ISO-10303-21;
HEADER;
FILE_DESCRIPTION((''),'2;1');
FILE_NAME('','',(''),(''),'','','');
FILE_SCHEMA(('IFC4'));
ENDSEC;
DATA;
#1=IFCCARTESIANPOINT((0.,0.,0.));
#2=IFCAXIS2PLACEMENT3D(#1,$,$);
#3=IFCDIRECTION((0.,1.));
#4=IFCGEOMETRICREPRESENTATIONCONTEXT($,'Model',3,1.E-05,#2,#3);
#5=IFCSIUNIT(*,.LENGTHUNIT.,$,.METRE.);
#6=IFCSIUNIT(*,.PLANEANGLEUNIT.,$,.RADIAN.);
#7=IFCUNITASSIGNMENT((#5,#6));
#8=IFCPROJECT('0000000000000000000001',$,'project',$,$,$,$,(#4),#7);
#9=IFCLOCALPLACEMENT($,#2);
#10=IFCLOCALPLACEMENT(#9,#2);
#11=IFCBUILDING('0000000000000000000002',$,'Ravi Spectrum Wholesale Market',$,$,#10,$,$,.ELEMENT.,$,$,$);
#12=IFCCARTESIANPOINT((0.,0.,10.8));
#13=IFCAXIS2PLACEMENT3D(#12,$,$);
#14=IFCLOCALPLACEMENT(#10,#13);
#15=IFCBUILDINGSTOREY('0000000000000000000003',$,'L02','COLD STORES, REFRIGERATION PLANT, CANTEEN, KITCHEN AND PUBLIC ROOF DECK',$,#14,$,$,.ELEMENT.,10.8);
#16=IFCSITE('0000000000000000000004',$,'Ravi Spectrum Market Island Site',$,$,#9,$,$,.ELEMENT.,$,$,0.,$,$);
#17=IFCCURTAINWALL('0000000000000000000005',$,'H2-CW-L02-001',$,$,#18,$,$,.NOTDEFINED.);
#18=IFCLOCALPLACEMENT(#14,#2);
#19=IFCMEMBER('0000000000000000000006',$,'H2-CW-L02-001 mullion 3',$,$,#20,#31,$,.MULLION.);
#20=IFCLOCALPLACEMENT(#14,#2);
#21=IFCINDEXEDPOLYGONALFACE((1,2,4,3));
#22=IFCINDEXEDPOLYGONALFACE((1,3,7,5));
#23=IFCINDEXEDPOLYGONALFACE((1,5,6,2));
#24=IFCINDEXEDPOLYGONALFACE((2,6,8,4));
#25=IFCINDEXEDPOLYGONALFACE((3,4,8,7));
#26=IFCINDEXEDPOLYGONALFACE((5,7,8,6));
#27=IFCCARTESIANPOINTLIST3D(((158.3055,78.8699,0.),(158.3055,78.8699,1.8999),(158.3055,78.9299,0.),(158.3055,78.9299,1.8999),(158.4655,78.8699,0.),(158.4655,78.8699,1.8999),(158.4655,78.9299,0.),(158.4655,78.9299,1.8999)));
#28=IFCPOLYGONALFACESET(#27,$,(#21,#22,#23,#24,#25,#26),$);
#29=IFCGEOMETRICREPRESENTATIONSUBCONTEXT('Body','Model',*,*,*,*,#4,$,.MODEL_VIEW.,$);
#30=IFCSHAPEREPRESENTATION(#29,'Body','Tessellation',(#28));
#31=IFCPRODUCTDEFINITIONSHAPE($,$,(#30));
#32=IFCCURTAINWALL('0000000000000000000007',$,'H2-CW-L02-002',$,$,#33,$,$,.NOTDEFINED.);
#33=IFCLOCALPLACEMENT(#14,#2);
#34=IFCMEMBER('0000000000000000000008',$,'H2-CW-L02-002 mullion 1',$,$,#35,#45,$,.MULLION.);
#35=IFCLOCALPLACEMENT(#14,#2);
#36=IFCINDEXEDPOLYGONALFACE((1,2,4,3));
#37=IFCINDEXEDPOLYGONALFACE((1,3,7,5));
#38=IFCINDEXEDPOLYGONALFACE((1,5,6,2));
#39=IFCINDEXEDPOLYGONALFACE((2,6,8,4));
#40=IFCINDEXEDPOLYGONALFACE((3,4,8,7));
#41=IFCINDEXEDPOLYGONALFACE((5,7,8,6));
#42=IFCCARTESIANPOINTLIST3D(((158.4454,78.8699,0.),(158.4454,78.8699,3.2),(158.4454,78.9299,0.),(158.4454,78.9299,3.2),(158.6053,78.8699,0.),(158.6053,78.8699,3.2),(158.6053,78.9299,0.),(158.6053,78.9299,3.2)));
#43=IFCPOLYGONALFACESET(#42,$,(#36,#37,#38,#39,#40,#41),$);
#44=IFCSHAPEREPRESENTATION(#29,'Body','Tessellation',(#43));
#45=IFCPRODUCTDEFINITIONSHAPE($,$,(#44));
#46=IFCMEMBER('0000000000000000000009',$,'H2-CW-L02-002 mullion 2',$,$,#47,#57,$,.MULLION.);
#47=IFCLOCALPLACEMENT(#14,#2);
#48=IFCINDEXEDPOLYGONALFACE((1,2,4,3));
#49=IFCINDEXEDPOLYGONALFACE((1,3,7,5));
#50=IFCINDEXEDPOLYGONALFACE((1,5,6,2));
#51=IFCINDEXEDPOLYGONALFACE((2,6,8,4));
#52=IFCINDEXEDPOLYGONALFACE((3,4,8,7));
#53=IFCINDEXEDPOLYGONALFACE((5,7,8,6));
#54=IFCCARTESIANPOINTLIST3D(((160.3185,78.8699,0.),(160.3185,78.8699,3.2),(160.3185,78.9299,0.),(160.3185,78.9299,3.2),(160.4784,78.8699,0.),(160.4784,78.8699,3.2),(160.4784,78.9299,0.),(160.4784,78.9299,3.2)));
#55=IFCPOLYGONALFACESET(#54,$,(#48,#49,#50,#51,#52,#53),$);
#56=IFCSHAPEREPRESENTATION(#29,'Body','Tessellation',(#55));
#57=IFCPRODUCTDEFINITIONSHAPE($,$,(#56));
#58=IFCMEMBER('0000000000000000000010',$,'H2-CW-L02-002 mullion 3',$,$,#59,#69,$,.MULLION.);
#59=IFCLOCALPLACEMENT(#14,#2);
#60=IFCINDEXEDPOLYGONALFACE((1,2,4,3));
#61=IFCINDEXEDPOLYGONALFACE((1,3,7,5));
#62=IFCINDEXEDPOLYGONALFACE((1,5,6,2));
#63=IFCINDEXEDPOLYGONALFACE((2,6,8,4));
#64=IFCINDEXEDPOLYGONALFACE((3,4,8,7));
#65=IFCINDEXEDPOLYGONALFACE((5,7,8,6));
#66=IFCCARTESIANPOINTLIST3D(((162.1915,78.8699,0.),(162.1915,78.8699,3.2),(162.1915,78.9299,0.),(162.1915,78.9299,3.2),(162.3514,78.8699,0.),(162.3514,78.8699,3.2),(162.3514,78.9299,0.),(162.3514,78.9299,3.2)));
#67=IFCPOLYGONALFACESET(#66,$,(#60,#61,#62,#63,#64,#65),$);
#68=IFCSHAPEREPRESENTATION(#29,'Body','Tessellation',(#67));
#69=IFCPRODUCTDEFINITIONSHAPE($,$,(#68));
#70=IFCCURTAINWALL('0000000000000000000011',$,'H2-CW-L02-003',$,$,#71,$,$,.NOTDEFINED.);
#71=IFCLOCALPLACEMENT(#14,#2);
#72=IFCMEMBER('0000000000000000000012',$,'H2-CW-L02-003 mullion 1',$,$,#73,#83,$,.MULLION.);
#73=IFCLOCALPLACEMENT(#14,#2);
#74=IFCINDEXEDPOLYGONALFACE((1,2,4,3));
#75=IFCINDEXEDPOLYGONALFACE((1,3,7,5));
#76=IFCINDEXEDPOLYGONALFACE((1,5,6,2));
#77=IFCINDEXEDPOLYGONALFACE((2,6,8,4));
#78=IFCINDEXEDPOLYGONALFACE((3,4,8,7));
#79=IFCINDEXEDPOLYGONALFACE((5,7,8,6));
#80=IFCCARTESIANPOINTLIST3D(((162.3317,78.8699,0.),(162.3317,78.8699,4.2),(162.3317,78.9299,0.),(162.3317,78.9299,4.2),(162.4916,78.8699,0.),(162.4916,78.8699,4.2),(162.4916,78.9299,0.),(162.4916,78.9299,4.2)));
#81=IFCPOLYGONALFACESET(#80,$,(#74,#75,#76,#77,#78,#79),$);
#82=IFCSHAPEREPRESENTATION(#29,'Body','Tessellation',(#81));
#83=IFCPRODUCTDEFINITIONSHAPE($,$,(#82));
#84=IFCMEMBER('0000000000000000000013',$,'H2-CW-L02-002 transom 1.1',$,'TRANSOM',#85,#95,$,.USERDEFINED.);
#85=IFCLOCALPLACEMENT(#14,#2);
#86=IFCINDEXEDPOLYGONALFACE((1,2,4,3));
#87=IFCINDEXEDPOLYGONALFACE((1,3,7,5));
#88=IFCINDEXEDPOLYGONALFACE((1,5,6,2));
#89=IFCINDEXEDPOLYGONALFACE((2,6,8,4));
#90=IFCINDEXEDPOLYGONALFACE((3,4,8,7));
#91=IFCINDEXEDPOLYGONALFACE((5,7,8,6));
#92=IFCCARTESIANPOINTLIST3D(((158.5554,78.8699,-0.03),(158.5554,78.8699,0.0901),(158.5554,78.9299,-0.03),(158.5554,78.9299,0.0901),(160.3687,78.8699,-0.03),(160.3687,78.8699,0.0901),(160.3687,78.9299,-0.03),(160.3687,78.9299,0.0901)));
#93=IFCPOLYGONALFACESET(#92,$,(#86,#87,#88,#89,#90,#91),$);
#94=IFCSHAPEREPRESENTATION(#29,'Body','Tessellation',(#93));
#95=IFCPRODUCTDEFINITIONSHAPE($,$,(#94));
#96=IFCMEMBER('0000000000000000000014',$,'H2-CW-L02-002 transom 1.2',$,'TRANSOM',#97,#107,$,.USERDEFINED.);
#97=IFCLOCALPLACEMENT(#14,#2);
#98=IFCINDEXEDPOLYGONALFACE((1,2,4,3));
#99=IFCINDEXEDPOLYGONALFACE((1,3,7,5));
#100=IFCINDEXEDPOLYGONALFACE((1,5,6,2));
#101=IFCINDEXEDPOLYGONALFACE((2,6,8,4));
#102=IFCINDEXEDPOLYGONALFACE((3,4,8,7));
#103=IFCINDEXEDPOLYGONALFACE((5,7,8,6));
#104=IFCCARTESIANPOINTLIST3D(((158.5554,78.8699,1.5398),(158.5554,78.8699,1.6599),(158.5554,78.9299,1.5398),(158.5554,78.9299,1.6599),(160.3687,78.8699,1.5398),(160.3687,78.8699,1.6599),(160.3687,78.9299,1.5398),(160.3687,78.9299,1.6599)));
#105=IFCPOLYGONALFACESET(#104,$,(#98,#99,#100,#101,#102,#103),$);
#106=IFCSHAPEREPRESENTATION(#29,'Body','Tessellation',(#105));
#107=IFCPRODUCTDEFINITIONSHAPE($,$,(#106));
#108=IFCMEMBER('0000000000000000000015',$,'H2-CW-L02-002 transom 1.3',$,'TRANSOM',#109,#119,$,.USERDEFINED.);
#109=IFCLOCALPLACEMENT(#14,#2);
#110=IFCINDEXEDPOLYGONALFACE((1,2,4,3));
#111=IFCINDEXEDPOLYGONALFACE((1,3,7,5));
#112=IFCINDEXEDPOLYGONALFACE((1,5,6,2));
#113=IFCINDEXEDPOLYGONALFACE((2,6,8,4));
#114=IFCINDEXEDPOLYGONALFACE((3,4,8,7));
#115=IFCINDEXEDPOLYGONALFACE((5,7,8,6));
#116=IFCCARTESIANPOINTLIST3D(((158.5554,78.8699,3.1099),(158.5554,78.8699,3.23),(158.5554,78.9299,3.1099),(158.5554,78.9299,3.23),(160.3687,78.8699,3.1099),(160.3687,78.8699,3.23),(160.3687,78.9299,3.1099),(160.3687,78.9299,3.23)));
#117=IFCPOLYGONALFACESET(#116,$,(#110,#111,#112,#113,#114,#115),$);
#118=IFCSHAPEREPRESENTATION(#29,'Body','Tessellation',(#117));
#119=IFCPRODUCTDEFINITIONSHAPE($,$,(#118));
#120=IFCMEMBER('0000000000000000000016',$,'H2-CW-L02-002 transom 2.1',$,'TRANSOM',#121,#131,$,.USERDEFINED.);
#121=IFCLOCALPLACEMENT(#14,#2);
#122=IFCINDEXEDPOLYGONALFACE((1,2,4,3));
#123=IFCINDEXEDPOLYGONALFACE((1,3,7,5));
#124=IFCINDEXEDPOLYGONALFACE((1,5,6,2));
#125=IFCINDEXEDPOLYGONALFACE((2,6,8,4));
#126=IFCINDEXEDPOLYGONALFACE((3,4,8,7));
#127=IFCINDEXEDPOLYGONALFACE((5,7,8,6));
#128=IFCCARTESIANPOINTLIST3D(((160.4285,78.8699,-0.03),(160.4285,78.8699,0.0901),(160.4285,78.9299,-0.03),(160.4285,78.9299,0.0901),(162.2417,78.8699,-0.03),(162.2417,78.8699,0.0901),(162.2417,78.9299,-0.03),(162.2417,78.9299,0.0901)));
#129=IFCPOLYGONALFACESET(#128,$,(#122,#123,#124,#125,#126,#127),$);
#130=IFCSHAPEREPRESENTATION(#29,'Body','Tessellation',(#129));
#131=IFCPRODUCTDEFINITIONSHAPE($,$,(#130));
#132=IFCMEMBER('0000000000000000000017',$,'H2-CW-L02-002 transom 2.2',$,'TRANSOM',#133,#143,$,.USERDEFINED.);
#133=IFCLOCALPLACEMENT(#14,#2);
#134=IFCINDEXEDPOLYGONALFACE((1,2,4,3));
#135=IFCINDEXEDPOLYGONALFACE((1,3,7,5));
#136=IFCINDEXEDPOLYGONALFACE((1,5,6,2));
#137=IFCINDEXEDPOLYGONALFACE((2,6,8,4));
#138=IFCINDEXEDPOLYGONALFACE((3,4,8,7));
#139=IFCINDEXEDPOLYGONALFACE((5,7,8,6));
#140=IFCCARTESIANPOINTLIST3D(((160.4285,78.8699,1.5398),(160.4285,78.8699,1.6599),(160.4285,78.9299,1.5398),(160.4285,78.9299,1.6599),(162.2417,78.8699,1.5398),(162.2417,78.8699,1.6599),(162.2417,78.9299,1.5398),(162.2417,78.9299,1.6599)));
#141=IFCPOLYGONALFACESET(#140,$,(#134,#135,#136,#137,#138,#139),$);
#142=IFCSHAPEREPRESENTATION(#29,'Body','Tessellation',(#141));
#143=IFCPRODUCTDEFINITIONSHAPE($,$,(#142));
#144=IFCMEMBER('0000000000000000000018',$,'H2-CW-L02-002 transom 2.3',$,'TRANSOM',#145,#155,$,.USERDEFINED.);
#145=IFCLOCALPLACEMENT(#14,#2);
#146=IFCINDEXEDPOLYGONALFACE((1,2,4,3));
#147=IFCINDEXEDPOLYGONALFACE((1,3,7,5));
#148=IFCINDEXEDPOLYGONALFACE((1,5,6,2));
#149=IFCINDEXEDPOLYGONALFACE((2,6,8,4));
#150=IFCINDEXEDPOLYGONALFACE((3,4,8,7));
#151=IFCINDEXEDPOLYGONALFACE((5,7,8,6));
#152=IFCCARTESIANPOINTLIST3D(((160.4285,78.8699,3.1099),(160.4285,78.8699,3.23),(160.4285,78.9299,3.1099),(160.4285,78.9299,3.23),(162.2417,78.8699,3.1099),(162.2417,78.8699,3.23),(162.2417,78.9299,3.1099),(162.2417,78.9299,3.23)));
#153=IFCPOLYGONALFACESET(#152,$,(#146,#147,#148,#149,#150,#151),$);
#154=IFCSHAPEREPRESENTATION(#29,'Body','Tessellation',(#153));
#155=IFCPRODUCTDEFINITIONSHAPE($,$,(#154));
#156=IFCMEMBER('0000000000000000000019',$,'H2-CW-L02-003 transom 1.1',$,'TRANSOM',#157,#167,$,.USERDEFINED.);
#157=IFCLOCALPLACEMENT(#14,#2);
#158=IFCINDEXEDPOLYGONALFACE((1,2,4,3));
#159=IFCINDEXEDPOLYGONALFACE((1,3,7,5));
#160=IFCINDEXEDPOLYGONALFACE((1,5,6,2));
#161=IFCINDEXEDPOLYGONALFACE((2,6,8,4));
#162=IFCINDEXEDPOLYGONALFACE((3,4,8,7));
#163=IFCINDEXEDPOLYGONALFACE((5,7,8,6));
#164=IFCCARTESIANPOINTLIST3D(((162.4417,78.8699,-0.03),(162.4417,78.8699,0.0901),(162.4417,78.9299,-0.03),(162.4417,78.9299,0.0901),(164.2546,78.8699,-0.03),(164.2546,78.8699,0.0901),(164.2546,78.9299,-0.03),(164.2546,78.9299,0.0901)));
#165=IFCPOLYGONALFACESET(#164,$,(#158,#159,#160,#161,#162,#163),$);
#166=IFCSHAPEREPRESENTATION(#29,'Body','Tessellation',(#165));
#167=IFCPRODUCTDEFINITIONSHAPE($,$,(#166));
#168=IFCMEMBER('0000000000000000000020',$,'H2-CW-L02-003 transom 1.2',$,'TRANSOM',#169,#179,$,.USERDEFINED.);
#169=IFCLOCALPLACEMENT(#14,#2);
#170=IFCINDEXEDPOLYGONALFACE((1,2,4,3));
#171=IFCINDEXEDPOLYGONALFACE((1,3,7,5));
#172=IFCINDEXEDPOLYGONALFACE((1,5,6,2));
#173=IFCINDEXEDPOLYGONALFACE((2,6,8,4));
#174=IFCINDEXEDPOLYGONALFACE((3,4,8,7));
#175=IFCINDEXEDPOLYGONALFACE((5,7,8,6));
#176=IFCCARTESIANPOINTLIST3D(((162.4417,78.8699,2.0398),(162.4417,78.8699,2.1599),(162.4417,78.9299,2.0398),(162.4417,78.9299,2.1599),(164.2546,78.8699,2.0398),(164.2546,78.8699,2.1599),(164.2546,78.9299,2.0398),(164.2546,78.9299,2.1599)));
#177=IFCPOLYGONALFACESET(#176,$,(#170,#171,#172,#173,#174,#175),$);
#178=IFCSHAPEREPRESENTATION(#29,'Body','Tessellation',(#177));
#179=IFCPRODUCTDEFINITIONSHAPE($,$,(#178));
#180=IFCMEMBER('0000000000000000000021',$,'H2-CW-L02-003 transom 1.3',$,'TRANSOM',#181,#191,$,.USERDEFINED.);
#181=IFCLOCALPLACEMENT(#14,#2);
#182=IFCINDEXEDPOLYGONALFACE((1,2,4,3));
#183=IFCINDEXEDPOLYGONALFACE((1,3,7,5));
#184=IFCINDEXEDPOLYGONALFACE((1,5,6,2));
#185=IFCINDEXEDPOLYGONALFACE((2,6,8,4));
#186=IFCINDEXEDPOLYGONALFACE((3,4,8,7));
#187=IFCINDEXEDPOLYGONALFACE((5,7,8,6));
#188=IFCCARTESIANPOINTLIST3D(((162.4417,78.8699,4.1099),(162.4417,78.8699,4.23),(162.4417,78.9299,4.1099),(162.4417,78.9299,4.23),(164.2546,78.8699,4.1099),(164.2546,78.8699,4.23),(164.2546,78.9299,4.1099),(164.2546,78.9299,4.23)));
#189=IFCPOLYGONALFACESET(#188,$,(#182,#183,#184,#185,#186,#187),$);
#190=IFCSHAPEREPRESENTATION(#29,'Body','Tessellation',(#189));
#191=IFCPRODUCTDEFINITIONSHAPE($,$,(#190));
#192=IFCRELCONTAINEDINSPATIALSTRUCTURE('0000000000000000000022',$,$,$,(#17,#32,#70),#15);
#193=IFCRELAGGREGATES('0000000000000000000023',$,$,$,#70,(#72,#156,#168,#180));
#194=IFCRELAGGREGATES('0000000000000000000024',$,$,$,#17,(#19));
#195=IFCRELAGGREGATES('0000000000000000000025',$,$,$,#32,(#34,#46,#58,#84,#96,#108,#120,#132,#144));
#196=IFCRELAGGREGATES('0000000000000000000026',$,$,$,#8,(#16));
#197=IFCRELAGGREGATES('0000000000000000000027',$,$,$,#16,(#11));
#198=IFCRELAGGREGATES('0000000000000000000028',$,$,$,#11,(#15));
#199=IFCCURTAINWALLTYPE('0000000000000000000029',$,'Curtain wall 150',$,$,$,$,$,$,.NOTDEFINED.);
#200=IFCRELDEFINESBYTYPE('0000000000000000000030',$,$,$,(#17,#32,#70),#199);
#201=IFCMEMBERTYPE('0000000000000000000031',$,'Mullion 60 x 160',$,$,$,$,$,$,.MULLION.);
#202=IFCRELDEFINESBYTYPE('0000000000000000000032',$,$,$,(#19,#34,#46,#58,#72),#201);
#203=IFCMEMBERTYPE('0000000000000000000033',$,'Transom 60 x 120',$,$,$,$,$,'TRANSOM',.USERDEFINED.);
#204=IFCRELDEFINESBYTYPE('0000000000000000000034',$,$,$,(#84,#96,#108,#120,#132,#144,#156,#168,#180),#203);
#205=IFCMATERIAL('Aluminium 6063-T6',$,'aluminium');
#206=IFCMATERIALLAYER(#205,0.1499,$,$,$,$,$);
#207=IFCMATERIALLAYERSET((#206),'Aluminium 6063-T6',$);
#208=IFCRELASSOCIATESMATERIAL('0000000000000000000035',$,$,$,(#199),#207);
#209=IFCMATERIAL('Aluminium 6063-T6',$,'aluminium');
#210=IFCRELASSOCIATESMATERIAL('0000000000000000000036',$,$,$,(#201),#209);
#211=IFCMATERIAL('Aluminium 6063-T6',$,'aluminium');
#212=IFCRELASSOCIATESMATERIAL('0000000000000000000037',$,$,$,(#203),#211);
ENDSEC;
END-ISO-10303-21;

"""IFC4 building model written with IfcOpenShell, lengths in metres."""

from ifc_helpers import new_model, si_unit, direction, frame, origin, origin_2d, place, context, subcontext, project, spatial, rectangle, extrude, material, layer, layer_set, material_profile, profile_set, type_object, element, aggregate, save


model = new_model("IFC4")

# Units and contexts
model_context = context("Model", 3, precision=1e-05, world=origin(), true_north=direction((0.0, 1.0)))
body_context = subcontext(model_context, "Body", "Model", "MODEL_VIEW")
ifc_project = project(units=[si_unit("LENGTHUNIT", "METRE"), si_unit("PLANEANGLEUNIT", "RADIAN")], contexts=[model_context])

# Site, building, storey
site_placement = place(None, origin())
site = spatial("IfcSite", under=ifc_project, at=site_placement, Name="Ravi Spectrum Market Island Site", CompositionType="ELEMENT", RefElevation=0.0)
building_placement = place(site_placement, origin())
building = spatial("IfcBuilding", under=site, at=building_placement, Name="Ravi Spectrum Wholesale Market", CompositionType="ELEMENT")
storey_placement = place(building_placement, frame((0.0, 0.0, 10.8)))
storey = spatial("IfcBuildingStorey", under=building, at=storey_placement, Name="L02", Description="COLD STORES, REFRIGERATION PLANT, CANTEEN, KITCHEN AND PUBLIC ROOF DECK", CompositionType="ELEMENT", Elevation=10.8)

# Curtain wall, member
ifc_material_1 = material(Name="Aluminium 6063-T6", Category="aluminium")
ifc_layer_1 = layer(ifc_material_1, 0.1499)
ifc_layer_set_1 = layer_set([ifc_layer_1], Name="Aluminium 6063-T6")
curtain_wall_type = type_object("IfcCurtainWallType", Name="Curtain wall 150", PredefinedType="NOTDEFINED", material=ifc_layer_set_1)
curtain_wall_1_placement = place(storey_placement, origin())
curtain_wall_1 = element("IfcCurtainWall", 1, at=curtain_wall_1_placement, inside=storey, type_object=curtain_wall_type, Name="H2-CW-L02-001", PredefinedType="NOTDEFINED")
ifc_material_2 = material(Name="Aluminium 6063-T6", Category="aluminium")
ifc_material_profile_1 = material_profile(ifc_material_2, rectangle(XDim=0.0601, YDim=0.1599, at=origin_2d()))
ifc_profile_set_1 = profile_set([ifc_material_profile_1], Name="Aluminium 6063-T6")
member_type_1 = type_object("IfcMemberType", Name="Mullion 60 x 160", PredefinedType="MULLION", material=ifc_profile_set_1)
member_1_placement = place(storey_placement, frame((158.3855, 78.8999, 0.0), z_axis=(0.0, 0.0, 1.0), x_axis=(0.0, 1.0, 0.0)))
member_1 = element("IfcMember", 2, at=member_1_placement, type_object=member_type_1, Name="H2-CW-L02-001 mullion 3", PredefinedType="MULLION", context=body_context, shape_type="SweptSolid", body=[
    extrude(rectangle(XDim=0.0601, YDim=0.1599, at=origin_2d()), origin(), (0.0, 0.0, 1.0), 1.8999),
])

# Curtain wall, members
curtain_wall_2_placement = place(storey_placement, origin())
curtain_wall_2 = element("IfcCurtainWall", 3, at=curtain_wall_2_placement, inside=storey, type_object=curtain_wall_type, Name="H2-CW-L02-002", PredefinedType="NOTDEFINED")
member_2_placement = place(storey_placement, frame((158.5254, 78.8999, 0.0), z_axis=(0.0, 0.0, 1.0), x_axis=(0.0, 1.0, 0.0)))
member_2 = element("IfcMember", 4, at=member_2_placement, type_object=member_type_1, Name="H2-CW-L02-002 mullion 1", PredefinedType="MULLION", context=body_context, shape_type="SweptSolid", body=[
    extrude(rectangle(XDim=0.0601, YDim=0.1599, at=origin_2d()), origin(), (0.0, 0.0, 1.0), 3.2),
])
member_3_placement = place(storey_placement, frame((160.3984, 78.8999, 0.0), z_axis=(0.0, 0.0, 1.0), x_axis=(0.0, 1.0, 0.0)))
member_3 = element("IfcMember", 5, at=member_3_placement, type_object=member_type_1, Name="H2-CW-L02-002 mullion 2", PredefinedType="MULLION", context=body_context, shape_type="SweptSolid", body=[
    extrude(rectangle(XDim=0.0601, YDim=0.1599, at=origin_2d()), origin(), (0.0, 0.0, 1.0), 3.2),
])
member_4_placement = place(storey_placement, frame((162.2715, 78.8999, 0.0), z_axis=(0.0, 0.0, 1.0), x_axis=(0.0, 1.0, 0.0)))
member_4 = element("IfcMember", 6, at=member_4_placement, type_object=member_type_1, Name="H2-CW-L02-002 mullion 3", PredefinedType="MULLION", context=body_context, shape_type="SweptSolid", body=[
    extrude(rectangle(XDim=0.0601, YDim=0.1599, at=origin_2d()), origin(), (0.0, 0.0, 1.0), 3.2),
])

# Curtain wall, member
curtain_wall_3_placement = place(storey_placement, origin())
curtain_wall_3 = element("IfcCurtainWall", 7, at=curtain_wall_3_placement, inside=storey, type_object=curtain_wall_type, Name="H2-CW-L02-003", PredefinedType="NOTDEFINED")
member_5_placement = place(storey_placement, frame((162.4116, 78.8999, 0.0), z_axis=(0.0, 0.0, 1.0), x_axis=(0.0, 1.0, 0.0)))
member_5 = element("IfcMember", 8, at=member_5_placement, type_object=member_type_1, Name="H2-CW-L02-003 mullion 1", PredefinedType="MULLION", context=body_context, shape_type="SweptSolid", body=[
    extrude(rectangle(XDim=0.0601, YDim=0.1599, at=origin_2d()), origin(), (0.0, 0.0, 1.0), 4.2),
])

# Members
ifc_material_3 = material(Name="Aluminium 6063-T6", Category="aluminium")
ifc_material_profile_2 = material_profile(ifc_material_3, rectangle(XDim=0.0601, YDim=0.1201, at=origin_2d()))
ifc_profile_set_2 = profile_set([ifc_material_profile_2], Name="Aluminium 6063-T6")
member_type_2 = type_object("IfcMemberType", Name="Transom 60 x 120", ElementType="TRANSOM", PredefinedType="USERDEFINED", material=ifc_profile_set_2)
member_6_placement = place(storey_placement, frame((158.5554, 78.8999, 0.03), z_axis=(1.0, 0.0, 0.0), x_axis=(0.0, 1.0, 0.0)))
member_6 = element("IfcMember", 9, at=member_6_placement, type_object=member_type_2, Name="H2-CW-L02-002 transom 1.1", ObjectType="TRANSOM", PredefinedType="USERDEFINED", context=body_context, shape_type="SweptSolid", body=[
    extrude(rectangle(XDim=0.0601, YDim=0.1201, at=origin_2d()), origin(), (0.0, 0.0, 1.0), 1.8132),
])
member_7_placement = place(storey_placement, frame((158.5554, 78.8999, 1.5999), z_axis=(1.0, 0.0, 0.0), x_axis=(0.0, 1.0, 0.0)))
member_7 = element("IfcMember", 10, at=member_7_placement, type_object=member_type_2, Name="H2-CW-L02-002 transom 1.2", ObjectType="TRANSOM", PredefinedType="USERDEFINED", context=body_context, shape_type="SweptSolid", body=[
    extrude(rectangle(XDim=0.0601, YDim=0.1201, at=origin_2d()), origin(), (0.0, 0.0, 1.0), 1.8132),
])
member_8_placement = place(storey_placement, frame((158.5554, 78.8999, 3.1699), z_axis=(1.0, 0.0, 0.0), x_axis=(0.0, 1.0, 0.0)))
member_8 = element("IfcMember", 11, at=member_8_placement, type_object=member_type_2, Name="H2-CW-L02-002 transom 1.3", ObjectType="TRANSOM", PredefinedType="USERDEFINED", context=body_context, shape_type="SweptSolid", body=[
    extrude(rectangle(XDim=0.0601, YDim=0.1201, at=origin_2d()), origin(), (0.0, 0.0, 1.0), 1.8132),
])
member_9_placement = place(storey_placement, frame((160.4285, 78.8999, 0.03), z_axis=(1.0, 0.0, 0.0), x_axis=(0.0, 1.0, 0.0)))
member_9 = element("IfcMember", 12, at=member_9_placement, type_object=member_type_2, Name="H2-CW-L02-002 transom 2.1", ObjectType="TRANSOM", PredefinedType="USERDEFINED", context=body_context, shape_type="SweptSolid", body=[
    extrude(rectangle(XDim=0.0601, YDim=0.1201, at=origin_2d()), origin(), (0.0, 0.0, 1.0), 1.8132),
])
member_10_placement = place(storey_placement, frame((160.4285, 78.8999, 1.5999), z_axis=(1.0, 0.0, 0.0), x_axis=(0.0, 1.0, 0.0)))
member_10 = element("IfcMember", 13, at=member_10_placement, type_object=member_type_2, Name="H2-CW-L02-002 transom 2.2", ObjectType="TRANSOM", PredefinedType="USERDEFINED", context=body_context, shape_type="SweptSolid", body=[
    extrude(rectangle(XDim=0.0601, YDim=0.1201, at=origin_2d()), origin(), (0.0, 0.0, 1.0), 1.8132),
])
member_11_placement = place(storey_placement, frame((160.4285, 78.8999, 3.1699), z_axis=(1.0, 0.0, 0.0), x_axis=(0.0, 1.0, 0.0)))
member_11 = element("IfcMember", 14, at=member_11_placement, type_object=member_type_2, Name="H2-CW-L02-002 transom 2.3", ObjectType="TRANSOM", PredefinedType="USERDEFINED", context=body_context, shape_type="SweptSolid", body=[
    extrude(rectangle(XDim=0.0601, YDim=0.1201, at=origin_2d()), origin(), (0.0, 0.0, 1.0), 1.8132),
])
member_12_placement = place(storey_placement, frame((162.4417, 78.8999, 0.03), z_axis=(1.0, 0.0, 0.0), x_axis=(0.0, 1.0, 0.0)))
member_12 = element("IfcMember", 15, at=member_12_placement, type_object=member_type_2, Name="H2-CW-L02-003 transom 1.1", ObjectType="TRANSOM", PredefinedType="USERDEFINED", context=body_context, shape_type="SweptSolid", body=[
    extrude(rectangle(XDim=0.0601, YDim=0.1201, at=origin_2d()), origin(), (0.0, 0.0, 1.0), 1.813),
])
member_13_placement = place(storey_placement, frame((162.4417, 78.8999, 2.0999), z_axis=(1.0, 0.0, 0.0), x_axis=(0.0, 1.0, 0.0)))
member_13 = element("IfcMember", 16, at=member_13_placement, type_object=member_type_2, Name="H2-CW-L02-003 transom 1.2", ObjectType="TRANSOM", PredefinedType="USERDEFINED", context=body_context, shape_type="SweptSolid", body=[
    extrude(rectangle(XDim=0.0601, YDim=0.1201, at=origin_2d()), origin(), (0.0, 0.0, 1.0), 1.813),
])
member_14_placement = place(storey_placement, frame((162.4417, 78.8999, 4.1699), z_axis=(1.0, 0.0, 0.0), x_axis=(0.0, 1.0, 0.0)))
member_14 = element("IfcMember", 17, at=member_14_placement, type_object=member_type_2, Name="H2-CW-L02-003 transom 1.3", ObjectType="TRANSOM", PredefinedType="USERDEFINED", context=body_context, shape_type="SweptSolid", body=[
    extrude(rectangle(XDim=0.0601, YDim=0.1201, at=origin_2d()), origin(), (0.0, 0.0, 1.0), 1.813),
])

aggregate(curtain_wall_3, [member_5, member_12, member_13, member_14])
aggregate(curtain_wall_1, [member_1])
aggregate(curtain_wall_2, [member_2, member_3, member_4, member_6, member_7, member_8, member_9, member_10, member_11])

save(model, "model.ifc")
